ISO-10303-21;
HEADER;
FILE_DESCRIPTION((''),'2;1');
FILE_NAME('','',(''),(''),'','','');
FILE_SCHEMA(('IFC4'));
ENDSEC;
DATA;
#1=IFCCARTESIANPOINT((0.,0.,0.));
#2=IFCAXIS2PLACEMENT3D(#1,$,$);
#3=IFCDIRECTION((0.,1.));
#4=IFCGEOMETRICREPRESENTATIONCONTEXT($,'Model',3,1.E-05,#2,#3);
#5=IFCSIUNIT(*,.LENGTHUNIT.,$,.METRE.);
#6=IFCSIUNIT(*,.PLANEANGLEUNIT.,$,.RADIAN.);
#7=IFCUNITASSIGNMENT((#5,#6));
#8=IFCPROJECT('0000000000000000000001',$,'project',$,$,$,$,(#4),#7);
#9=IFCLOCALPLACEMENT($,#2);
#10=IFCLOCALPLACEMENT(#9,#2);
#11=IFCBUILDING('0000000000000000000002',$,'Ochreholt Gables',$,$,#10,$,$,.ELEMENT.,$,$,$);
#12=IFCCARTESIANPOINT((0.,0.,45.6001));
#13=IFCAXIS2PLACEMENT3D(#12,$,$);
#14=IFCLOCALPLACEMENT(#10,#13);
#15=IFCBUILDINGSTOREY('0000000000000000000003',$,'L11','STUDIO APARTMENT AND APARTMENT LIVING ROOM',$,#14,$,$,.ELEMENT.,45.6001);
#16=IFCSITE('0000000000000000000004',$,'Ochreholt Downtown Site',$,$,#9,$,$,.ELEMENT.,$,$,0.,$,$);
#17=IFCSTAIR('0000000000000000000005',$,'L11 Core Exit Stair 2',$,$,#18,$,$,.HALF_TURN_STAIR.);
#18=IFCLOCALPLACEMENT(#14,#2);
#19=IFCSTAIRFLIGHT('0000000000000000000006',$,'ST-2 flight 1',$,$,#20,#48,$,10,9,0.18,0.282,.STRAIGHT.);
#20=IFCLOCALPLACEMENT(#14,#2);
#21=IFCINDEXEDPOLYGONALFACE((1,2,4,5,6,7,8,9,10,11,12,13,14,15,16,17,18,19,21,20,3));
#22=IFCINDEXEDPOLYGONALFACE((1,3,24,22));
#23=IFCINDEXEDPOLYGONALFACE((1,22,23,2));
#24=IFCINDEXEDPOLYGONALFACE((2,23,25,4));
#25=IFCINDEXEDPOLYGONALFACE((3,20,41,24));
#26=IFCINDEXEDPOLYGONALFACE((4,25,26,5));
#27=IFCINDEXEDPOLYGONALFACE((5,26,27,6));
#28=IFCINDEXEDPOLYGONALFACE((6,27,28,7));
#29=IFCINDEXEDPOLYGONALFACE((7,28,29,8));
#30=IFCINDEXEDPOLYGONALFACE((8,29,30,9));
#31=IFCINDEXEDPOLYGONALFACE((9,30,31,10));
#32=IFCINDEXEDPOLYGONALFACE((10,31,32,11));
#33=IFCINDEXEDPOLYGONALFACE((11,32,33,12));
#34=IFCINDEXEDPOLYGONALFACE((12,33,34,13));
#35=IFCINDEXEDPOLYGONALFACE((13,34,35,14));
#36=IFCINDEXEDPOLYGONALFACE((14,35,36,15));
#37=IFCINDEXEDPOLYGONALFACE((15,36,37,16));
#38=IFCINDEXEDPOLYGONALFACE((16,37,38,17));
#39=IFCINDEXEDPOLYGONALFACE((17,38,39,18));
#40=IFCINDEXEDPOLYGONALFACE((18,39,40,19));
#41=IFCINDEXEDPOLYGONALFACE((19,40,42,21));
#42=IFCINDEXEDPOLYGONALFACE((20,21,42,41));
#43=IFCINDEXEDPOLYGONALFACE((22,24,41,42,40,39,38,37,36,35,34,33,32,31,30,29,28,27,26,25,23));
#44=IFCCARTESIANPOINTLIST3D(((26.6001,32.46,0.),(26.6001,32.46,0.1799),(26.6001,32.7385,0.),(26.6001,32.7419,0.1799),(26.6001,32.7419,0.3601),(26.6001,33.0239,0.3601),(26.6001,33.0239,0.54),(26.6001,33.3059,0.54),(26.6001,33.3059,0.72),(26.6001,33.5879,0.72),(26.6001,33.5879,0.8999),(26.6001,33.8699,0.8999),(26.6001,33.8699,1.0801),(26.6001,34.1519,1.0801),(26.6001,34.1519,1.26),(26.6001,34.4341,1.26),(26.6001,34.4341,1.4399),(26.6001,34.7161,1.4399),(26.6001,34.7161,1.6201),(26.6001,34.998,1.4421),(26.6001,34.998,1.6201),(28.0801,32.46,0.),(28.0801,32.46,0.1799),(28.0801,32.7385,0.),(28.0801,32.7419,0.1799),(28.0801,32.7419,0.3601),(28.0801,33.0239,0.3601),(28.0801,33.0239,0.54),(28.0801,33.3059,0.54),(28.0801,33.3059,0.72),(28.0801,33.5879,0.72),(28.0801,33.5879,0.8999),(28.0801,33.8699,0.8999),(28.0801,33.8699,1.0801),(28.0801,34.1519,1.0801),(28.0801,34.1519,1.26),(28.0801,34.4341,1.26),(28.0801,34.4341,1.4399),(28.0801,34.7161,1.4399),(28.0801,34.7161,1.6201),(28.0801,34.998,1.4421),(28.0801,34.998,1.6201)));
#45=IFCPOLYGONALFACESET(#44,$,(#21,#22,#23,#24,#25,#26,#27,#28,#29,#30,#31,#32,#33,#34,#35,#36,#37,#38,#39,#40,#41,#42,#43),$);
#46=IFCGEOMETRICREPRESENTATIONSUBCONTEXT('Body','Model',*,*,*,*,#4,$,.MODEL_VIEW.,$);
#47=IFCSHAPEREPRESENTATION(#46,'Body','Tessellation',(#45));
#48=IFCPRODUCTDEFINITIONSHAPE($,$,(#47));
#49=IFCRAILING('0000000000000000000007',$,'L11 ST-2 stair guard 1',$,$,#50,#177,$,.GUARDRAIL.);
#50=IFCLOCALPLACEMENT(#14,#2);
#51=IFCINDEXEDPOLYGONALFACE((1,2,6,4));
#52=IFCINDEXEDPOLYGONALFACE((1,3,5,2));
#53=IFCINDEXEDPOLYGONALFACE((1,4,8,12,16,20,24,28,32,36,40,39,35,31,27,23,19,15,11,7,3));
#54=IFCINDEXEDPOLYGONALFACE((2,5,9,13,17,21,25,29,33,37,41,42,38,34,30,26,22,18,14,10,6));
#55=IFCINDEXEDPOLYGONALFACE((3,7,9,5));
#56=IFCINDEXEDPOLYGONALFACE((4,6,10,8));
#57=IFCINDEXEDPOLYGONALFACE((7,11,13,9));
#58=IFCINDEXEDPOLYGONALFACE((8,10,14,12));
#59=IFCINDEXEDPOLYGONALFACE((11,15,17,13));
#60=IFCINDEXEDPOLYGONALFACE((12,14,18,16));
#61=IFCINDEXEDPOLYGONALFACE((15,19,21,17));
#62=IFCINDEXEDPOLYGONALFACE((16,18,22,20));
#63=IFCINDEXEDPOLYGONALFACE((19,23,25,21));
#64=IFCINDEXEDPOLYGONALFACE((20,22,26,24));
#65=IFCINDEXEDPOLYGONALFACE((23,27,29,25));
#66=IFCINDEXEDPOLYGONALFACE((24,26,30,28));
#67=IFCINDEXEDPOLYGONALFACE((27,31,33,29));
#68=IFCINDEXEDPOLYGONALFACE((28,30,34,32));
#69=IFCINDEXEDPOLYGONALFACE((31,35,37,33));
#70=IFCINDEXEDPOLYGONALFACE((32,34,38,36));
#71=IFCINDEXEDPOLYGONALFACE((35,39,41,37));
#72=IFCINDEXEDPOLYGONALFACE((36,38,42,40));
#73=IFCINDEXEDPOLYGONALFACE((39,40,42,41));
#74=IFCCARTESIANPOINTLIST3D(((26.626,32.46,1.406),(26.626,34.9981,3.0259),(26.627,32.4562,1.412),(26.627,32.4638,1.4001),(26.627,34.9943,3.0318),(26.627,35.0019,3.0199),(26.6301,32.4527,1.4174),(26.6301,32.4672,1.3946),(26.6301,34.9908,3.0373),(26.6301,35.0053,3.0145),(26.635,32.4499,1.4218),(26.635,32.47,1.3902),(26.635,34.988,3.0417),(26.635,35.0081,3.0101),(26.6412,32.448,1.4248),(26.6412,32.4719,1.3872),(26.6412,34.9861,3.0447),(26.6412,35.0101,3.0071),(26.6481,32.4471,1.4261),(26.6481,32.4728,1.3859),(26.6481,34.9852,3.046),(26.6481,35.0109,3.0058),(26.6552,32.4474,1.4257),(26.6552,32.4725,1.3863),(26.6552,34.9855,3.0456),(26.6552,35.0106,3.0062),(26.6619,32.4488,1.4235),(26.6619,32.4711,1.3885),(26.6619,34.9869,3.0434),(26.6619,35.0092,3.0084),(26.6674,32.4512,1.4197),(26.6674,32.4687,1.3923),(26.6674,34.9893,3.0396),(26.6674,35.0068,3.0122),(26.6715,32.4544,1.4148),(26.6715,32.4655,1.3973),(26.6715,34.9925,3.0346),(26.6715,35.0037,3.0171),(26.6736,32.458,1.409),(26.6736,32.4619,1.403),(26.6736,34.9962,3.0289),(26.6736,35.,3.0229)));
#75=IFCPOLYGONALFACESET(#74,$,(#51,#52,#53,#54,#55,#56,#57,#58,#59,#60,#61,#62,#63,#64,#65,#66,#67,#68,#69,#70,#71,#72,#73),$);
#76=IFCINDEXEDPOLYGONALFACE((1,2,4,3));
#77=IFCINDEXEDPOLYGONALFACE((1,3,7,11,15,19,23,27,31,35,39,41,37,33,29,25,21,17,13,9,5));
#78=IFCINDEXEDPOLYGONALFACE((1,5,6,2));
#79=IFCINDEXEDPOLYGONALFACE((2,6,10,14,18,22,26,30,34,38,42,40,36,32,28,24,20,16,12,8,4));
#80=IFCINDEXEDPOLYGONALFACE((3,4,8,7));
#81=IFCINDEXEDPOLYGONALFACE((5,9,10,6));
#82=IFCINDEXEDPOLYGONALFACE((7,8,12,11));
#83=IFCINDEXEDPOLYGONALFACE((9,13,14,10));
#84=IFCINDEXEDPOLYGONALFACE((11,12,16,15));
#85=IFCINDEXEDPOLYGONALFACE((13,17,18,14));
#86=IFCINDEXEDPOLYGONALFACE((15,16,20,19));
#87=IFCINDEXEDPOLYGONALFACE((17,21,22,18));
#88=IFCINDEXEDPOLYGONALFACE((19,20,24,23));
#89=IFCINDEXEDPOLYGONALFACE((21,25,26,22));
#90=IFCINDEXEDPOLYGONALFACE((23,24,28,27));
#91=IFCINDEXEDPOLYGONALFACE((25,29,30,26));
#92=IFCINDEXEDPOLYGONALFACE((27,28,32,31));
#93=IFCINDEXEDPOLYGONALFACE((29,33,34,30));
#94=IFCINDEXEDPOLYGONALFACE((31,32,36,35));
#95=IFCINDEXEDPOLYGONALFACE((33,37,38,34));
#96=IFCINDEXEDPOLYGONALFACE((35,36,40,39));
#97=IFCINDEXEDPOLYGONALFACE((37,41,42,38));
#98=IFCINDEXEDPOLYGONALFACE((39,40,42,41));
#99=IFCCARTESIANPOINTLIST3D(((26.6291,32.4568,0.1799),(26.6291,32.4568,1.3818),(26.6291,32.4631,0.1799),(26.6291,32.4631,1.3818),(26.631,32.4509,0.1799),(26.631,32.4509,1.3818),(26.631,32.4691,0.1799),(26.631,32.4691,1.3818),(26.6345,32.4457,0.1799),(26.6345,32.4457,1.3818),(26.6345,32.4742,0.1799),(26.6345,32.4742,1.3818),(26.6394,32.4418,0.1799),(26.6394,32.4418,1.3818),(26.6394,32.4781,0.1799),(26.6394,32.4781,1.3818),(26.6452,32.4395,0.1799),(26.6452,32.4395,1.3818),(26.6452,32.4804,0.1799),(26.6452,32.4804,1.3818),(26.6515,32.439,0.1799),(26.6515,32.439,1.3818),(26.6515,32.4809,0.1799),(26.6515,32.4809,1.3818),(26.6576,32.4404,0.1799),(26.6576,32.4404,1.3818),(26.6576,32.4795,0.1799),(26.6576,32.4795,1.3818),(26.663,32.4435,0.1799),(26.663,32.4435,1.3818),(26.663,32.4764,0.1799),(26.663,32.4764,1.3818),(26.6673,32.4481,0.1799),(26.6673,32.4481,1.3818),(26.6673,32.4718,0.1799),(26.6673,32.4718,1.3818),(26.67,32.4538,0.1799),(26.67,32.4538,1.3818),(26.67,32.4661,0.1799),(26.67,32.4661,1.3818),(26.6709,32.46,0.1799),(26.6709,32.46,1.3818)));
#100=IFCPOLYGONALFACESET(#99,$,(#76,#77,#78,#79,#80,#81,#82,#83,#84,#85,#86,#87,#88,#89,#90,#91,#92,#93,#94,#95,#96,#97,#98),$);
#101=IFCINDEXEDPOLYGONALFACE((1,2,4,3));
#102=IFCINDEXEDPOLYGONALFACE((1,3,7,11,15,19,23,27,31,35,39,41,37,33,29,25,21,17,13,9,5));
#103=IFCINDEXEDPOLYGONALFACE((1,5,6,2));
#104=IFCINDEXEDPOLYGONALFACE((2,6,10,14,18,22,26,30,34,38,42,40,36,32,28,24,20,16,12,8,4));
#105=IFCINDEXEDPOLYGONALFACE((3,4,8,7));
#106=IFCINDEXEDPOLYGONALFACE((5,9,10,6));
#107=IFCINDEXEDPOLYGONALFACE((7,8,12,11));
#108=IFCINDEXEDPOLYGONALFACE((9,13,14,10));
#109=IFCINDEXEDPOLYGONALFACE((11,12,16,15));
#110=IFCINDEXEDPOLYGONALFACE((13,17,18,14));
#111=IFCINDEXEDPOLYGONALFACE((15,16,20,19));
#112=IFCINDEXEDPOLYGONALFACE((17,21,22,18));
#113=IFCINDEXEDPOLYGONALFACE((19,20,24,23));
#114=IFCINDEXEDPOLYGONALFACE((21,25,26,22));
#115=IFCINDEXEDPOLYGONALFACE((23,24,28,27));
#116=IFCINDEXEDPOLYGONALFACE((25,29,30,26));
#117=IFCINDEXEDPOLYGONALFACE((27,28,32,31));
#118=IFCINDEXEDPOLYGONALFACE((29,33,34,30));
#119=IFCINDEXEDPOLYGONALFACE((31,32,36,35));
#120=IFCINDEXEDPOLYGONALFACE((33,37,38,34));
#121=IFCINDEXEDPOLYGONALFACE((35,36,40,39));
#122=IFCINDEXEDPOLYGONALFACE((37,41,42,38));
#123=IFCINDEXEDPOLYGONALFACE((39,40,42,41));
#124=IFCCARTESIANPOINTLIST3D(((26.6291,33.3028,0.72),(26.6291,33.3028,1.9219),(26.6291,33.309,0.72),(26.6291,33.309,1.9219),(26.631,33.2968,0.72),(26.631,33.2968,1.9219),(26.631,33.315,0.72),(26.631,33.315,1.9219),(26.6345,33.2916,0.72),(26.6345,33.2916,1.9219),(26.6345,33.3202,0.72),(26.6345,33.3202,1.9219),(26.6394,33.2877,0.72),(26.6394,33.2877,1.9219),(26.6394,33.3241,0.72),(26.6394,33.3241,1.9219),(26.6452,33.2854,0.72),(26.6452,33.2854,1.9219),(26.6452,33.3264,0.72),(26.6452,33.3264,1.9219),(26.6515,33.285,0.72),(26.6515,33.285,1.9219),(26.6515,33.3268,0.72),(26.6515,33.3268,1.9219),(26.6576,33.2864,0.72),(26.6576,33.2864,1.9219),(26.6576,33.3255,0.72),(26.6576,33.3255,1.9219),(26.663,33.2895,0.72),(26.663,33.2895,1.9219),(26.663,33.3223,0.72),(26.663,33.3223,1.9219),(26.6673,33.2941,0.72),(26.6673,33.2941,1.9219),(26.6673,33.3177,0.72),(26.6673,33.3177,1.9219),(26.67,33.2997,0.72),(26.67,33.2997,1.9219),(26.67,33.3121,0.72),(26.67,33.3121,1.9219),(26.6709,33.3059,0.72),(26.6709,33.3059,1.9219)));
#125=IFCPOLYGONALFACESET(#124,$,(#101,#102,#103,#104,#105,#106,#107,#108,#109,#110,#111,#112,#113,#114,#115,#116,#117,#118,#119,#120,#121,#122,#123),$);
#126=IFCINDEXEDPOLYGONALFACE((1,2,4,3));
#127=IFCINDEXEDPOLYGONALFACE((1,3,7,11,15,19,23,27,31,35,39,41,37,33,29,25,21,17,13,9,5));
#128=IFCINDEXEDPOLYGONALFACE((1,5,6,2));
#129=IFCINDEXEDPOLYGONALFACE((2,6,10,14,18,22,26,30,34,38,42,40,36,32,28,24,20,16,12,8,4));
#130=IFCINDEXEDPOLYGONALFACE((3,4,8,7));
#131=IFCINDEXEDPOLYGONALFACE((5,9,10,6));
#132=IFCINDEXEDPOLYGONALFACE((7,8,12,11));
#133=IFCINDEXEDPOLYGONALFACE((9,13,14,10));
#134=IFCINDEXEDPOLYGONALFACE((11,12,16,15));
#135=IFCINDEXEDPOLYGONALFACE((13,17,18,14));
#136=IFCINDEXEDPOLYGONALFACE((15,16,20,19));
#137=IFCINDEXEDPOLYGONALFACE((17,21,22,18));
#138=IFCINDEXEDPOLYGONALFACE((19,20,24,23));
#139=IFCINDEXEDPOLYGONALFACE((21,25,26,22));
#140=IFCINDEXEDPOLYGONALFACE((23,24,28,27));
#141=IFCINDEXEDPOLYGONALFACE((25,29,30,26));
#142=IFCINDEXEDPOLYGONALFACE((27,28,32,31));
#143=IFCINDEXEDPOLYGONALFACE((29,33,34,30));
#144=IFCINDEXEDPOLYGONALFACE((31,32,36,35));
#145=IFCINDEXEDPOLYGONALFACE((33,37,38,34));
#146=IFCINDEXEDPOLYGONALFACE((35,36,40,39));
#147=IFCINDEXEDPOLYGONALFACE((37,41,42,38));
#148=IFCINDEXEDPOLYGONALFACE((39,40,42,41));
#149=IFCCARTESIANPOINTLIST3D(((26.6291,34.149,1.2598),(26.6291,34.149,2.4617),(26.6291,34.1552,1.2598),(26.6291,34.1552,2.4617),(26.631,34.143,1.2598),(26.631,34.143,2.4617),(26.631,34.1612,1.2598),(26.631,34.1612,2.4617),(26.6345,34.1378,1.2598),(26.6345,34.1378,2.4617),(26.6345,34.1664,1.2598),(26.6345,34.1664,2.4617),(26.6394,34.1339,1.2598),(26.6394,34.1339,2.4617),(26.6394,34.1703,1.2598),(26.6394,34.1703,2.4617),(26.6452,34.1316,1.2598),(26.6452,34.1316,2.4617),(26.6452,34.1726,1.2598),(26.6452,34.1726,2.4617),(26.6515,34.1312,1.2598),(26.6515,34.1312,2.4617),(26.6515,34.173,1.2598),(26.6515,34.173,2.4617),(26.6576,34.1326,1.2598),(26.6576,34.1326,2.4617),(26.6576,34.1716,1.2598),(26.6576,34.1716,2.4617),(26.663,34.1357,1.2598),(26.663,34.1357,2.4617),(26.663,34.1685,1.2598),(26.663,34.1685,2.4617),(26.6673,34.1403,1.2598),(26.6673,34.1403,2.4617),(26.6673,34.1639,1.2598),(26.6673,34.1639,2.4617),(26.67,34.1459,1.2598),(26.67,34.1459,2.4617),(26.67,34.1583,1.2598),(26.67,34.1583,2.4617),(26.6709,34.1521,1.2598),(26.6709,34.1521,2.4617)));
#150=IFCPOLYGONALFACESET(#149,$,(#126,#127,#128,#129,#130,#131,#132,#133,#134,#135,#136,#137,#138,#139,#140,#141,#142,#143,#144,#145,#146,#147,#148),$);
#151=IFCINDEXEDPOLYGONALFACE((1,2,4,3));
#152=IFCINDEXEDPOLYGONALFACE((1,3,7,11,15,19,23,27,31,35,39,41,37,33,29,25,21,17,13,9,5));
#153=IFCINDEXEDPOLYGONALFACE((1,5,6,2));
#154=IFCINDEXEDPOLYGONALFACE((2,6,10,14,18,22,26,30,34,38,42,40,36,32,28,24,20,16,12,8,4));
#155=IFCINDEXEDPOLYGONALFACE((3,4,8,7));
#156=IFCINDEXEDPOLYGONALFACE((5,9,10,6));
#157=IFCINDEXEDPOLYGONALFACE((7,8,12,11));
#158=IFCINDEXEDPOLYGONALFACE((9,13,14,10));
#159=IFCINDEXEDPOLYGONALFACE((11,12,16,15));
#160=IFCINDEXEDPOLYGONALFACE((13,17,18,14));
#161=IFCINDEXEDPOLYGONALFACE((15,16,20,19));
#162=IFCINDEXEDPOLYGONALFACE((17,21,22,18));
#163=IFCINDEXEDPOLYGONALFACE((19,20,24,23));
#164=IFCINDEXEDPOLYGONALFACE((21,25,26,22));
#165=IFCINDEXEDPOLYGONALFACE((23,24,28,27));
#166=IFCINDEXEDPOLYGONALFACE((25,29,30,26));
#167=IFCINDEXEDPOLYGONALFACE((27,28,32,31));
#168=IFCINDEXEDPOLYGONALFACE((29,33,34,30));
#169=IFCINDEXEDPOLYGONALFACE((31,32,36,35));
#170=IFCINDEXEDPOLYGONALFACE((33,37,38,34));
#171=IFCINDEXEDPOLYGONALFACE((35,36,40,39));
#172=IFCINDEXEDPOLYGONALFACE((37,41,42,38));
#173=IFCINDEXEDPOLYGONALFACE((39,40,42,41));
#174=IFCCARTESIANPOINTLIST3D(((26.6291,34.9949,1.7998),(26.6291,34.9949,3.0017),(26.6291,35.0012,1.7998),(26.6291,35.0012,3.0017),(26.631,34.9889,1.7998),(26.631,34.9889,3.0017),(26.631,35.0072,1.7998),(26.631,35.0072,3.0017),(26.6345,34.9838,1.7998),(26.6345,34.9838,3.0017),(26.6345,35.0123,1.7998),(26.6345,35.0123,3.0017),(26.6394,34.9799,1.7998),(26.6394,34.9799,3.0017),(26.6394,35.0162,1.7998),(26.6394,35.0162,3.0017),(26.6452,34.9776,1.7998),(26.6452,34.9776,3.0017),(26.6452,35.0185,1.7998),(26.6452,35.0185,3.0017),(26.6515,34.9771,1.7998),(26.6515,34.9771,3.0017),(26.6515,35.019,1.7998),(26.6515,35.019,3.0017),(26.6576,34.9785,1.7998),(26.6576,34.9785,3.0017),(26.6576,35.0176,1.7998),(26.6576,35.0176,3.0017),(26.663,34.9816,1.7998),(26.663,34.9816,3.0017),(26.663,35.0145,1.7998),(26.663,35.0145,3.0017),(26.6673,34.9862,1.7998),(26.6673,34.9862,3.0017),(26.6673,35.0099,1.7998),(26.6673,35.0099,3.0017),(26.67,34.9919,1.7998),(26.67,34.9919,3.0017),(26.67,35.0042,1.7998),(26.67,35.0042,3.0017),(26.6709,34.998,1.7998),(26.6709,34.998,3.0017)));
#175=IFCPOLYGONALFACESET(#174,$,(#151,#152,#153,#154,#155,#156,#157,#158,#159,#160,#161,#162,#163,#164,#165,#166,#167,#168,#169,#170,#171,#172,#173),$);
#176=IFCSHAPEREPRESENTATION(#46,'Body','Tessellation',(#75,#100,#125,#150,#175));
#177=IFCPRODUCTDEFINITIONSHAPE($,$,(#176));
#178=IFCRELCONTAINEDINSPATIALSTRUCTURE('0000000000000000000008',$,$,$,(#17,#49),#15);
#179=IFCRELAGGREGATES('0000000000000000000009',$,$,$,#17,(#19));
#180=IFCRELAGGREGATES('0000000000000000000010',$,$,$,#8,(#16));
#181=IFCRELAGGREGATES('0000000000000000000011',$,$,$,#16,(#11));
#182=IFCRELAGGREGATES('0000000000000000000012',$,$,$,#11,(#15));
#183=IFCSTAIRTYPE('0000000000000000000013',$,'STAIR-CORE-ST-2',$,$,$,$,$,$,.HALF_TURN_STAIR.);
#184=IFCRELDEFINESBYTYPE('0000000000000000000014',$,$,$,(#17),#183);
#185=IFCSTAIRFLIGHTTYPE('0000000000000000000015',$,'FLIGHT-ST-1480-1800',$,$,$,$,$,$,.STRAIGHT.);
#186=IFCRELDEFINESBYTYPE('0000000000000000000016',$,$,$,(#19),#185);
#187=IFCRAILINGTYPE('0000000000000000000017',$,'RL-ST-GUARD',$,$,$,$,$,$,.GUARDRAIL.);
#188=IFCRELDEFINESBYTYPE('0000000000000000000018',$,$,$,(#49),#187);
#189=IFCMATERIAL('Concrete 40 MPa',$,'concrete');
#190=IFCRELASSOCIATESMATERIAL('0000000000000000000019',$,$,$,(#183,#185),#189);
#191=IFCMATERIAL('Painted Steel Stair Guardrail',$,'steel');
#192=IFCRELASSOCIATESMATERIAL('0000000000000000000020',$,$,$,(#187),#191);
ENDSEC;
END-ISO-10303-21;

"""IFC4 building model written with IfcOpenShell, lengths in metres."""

from ifc_helpers import new_model, si_unit, direction, frame, origin, origin_2d, place, context, subcontext, project, spatial, polyline, circle, outline, extrude, material, type_object, element, aggregate, save


model = new_model("IFC4")

# Units and contexts
model_context = context("Model", 3, precision=1e-05, world=origin(), true_north=direction((0.0, 1.0)))
body_context = subcontext(model_context, "Body", "Model", "MODEL_VIEW")
ifc_project = project(units=[si_unit("LENGTHUNIT", "METRE"), si_unit("PLANEANGLEUNIT", "RADIAN")], contexts=[model_context])

# Site, building, storey
site_placement = place(None, origin())
site = spatial("IfcSite", under=ifc_project, at=site_placement, Name="Ochreholt Downtown Site", CompositionType="ELEMENT", RefElevation=0.0)
building_placement = place(site_placement, origin())
building = spatial("IfcBuilding", under=site, at=building_placement, Name="Ochreholt Gables", CompositionType="ELEMENT")
storey_placement = place(building_placement, frame((0.0, 0.0, 45.6001)))
storey = spatial("IfcBuildingStorey", under=building, at=storey_placement, Name="L11", Description="STUDIO APARTMENT AND APARTMENT LIVING ROOM", CompositionType="ELEMENT", Elevation=45.6001)

# Shared definitions
ifc_material_1 = material(Name="Concrete 40 MPa", Category="concrete")

# Stair, stair flight
stair_type = type_object("IfcStairType", Name="STAIR-CORE-ST-2", PredefinedType="HALF_TURN_STAIR", material=ifc_material_1)
stair_placement = place(storey_placement, origin())
stair = element("IfcStair", 1, at=stair_placement, inside=storey, type_object=stair_type, Name="L11 Core Exit Stair 2", PredefinedType="HALF_TURN_STAIR")
stair_flight_type = type_object("IfcStairFlightType", Name="FLIGHT-ST-1480-1800", PredefinedType="STRAIGHT", material=ifc_material_1)
stair_flight_placement = place(storey_placement, frame((27.3401, 32.46, 0.0), z_axis=(0.0, 0.0, 1.0), x_axis=(0.0, 1.0, 0.0)))
stair_flight = element("IfcStairFlight", 2, at=stair_flight_placement, type_object=stair_flight_type, Name="ST-2 flight 1", NumberOfRisers=10, NumberOfTreads=9, PredefinedType="STRAIGHT", RiserHeight=0.18, TreadLength=0.282, context=body_context, shape_type="SweptSolid", body=[
    extrude(outline(polyline([(0.0, 0.0), (0.0, 0.1799), (0.282, 0.1799), (0.282, 0.3601), (0.564, 0.3601), (0.564, 0.54), (0.8459, 0.54), (0.8459, 0.72), (1.1279, 0.72), (1.1279, 0.8999), (1.4099, 0.8999), (1.4099, 1.0801), (1.6919, 1.0801), (1.6919, 1.26), (1.9741, 1.26), (1.9741, 1.4399), (2.2561, 1.4399), (2.2561, 1.6201), (2.5381, 1.6201), (2.5381, 1.8), (2.5381, 1.4421), (0.2786, 0.0), (0.0, 0.0)])), frame((0.0, 0.74, 0.0), z_axis=(0.0, -1.0, 0.0), x_axis=(1.0, 0.0, 0.0)), (0.0, 0.0, 1.0), 1.48),
])
aggregate(stair, [stair_flight])

# Railing
ifc_material_2 = material(Name="Painted Steel Stair Guardrail", Category="steel")
railing_type_1 = type_object("IfcRailingType", Name="RL-ST-GUARD", PredefinedType="GUARDRAIL", material=ifc_material_2)
railing_1_placement = place(storey_placement, frame((26.6499, 32.46, 0.1799)))
element("IfcRailing", 3, at=railing_1_placement, inside=storey, type_object=railing_type_1, Name="L11 ST-2 stair guard 1", PredefinedType="GUARDRAIL", context=body_context, shape_type="SweptSolid", body=[
    extrude(circle(Radius=0.0239, at=origin_2d()), frame((0.0, 0.0, 1.2261), z_axis=(0.0, 0.84295, 0.537993), x_axis=(-1.0, 0.0, 0.0)), (0.0, 0.0, 1.0), 3.011),
    extrude(circle(Radius=0.021, at=origin_2d()), origin(), (0.0, 0.0, 1.0), 1.2019),
    extrude(circle(Radius=0.021, at=origin_2d()), frame((0.0, 0.8459, 0.54)), (0.0, 0.0, 1.0), 1.2019),
    extrude(circle(Radius=0.021, at=origin_2d()), frame((0.0, 1.6921, 1.0798)), (0.0, 0.0, 1.0), 1.2019),
    extrude(circle(Radius=0.021, at=origin_2d()), frame((0.0, 2.5381, 1.6199)), (0.0, 0.0, 1.0), 1.2019),
])

save(model, "model.ifc")
